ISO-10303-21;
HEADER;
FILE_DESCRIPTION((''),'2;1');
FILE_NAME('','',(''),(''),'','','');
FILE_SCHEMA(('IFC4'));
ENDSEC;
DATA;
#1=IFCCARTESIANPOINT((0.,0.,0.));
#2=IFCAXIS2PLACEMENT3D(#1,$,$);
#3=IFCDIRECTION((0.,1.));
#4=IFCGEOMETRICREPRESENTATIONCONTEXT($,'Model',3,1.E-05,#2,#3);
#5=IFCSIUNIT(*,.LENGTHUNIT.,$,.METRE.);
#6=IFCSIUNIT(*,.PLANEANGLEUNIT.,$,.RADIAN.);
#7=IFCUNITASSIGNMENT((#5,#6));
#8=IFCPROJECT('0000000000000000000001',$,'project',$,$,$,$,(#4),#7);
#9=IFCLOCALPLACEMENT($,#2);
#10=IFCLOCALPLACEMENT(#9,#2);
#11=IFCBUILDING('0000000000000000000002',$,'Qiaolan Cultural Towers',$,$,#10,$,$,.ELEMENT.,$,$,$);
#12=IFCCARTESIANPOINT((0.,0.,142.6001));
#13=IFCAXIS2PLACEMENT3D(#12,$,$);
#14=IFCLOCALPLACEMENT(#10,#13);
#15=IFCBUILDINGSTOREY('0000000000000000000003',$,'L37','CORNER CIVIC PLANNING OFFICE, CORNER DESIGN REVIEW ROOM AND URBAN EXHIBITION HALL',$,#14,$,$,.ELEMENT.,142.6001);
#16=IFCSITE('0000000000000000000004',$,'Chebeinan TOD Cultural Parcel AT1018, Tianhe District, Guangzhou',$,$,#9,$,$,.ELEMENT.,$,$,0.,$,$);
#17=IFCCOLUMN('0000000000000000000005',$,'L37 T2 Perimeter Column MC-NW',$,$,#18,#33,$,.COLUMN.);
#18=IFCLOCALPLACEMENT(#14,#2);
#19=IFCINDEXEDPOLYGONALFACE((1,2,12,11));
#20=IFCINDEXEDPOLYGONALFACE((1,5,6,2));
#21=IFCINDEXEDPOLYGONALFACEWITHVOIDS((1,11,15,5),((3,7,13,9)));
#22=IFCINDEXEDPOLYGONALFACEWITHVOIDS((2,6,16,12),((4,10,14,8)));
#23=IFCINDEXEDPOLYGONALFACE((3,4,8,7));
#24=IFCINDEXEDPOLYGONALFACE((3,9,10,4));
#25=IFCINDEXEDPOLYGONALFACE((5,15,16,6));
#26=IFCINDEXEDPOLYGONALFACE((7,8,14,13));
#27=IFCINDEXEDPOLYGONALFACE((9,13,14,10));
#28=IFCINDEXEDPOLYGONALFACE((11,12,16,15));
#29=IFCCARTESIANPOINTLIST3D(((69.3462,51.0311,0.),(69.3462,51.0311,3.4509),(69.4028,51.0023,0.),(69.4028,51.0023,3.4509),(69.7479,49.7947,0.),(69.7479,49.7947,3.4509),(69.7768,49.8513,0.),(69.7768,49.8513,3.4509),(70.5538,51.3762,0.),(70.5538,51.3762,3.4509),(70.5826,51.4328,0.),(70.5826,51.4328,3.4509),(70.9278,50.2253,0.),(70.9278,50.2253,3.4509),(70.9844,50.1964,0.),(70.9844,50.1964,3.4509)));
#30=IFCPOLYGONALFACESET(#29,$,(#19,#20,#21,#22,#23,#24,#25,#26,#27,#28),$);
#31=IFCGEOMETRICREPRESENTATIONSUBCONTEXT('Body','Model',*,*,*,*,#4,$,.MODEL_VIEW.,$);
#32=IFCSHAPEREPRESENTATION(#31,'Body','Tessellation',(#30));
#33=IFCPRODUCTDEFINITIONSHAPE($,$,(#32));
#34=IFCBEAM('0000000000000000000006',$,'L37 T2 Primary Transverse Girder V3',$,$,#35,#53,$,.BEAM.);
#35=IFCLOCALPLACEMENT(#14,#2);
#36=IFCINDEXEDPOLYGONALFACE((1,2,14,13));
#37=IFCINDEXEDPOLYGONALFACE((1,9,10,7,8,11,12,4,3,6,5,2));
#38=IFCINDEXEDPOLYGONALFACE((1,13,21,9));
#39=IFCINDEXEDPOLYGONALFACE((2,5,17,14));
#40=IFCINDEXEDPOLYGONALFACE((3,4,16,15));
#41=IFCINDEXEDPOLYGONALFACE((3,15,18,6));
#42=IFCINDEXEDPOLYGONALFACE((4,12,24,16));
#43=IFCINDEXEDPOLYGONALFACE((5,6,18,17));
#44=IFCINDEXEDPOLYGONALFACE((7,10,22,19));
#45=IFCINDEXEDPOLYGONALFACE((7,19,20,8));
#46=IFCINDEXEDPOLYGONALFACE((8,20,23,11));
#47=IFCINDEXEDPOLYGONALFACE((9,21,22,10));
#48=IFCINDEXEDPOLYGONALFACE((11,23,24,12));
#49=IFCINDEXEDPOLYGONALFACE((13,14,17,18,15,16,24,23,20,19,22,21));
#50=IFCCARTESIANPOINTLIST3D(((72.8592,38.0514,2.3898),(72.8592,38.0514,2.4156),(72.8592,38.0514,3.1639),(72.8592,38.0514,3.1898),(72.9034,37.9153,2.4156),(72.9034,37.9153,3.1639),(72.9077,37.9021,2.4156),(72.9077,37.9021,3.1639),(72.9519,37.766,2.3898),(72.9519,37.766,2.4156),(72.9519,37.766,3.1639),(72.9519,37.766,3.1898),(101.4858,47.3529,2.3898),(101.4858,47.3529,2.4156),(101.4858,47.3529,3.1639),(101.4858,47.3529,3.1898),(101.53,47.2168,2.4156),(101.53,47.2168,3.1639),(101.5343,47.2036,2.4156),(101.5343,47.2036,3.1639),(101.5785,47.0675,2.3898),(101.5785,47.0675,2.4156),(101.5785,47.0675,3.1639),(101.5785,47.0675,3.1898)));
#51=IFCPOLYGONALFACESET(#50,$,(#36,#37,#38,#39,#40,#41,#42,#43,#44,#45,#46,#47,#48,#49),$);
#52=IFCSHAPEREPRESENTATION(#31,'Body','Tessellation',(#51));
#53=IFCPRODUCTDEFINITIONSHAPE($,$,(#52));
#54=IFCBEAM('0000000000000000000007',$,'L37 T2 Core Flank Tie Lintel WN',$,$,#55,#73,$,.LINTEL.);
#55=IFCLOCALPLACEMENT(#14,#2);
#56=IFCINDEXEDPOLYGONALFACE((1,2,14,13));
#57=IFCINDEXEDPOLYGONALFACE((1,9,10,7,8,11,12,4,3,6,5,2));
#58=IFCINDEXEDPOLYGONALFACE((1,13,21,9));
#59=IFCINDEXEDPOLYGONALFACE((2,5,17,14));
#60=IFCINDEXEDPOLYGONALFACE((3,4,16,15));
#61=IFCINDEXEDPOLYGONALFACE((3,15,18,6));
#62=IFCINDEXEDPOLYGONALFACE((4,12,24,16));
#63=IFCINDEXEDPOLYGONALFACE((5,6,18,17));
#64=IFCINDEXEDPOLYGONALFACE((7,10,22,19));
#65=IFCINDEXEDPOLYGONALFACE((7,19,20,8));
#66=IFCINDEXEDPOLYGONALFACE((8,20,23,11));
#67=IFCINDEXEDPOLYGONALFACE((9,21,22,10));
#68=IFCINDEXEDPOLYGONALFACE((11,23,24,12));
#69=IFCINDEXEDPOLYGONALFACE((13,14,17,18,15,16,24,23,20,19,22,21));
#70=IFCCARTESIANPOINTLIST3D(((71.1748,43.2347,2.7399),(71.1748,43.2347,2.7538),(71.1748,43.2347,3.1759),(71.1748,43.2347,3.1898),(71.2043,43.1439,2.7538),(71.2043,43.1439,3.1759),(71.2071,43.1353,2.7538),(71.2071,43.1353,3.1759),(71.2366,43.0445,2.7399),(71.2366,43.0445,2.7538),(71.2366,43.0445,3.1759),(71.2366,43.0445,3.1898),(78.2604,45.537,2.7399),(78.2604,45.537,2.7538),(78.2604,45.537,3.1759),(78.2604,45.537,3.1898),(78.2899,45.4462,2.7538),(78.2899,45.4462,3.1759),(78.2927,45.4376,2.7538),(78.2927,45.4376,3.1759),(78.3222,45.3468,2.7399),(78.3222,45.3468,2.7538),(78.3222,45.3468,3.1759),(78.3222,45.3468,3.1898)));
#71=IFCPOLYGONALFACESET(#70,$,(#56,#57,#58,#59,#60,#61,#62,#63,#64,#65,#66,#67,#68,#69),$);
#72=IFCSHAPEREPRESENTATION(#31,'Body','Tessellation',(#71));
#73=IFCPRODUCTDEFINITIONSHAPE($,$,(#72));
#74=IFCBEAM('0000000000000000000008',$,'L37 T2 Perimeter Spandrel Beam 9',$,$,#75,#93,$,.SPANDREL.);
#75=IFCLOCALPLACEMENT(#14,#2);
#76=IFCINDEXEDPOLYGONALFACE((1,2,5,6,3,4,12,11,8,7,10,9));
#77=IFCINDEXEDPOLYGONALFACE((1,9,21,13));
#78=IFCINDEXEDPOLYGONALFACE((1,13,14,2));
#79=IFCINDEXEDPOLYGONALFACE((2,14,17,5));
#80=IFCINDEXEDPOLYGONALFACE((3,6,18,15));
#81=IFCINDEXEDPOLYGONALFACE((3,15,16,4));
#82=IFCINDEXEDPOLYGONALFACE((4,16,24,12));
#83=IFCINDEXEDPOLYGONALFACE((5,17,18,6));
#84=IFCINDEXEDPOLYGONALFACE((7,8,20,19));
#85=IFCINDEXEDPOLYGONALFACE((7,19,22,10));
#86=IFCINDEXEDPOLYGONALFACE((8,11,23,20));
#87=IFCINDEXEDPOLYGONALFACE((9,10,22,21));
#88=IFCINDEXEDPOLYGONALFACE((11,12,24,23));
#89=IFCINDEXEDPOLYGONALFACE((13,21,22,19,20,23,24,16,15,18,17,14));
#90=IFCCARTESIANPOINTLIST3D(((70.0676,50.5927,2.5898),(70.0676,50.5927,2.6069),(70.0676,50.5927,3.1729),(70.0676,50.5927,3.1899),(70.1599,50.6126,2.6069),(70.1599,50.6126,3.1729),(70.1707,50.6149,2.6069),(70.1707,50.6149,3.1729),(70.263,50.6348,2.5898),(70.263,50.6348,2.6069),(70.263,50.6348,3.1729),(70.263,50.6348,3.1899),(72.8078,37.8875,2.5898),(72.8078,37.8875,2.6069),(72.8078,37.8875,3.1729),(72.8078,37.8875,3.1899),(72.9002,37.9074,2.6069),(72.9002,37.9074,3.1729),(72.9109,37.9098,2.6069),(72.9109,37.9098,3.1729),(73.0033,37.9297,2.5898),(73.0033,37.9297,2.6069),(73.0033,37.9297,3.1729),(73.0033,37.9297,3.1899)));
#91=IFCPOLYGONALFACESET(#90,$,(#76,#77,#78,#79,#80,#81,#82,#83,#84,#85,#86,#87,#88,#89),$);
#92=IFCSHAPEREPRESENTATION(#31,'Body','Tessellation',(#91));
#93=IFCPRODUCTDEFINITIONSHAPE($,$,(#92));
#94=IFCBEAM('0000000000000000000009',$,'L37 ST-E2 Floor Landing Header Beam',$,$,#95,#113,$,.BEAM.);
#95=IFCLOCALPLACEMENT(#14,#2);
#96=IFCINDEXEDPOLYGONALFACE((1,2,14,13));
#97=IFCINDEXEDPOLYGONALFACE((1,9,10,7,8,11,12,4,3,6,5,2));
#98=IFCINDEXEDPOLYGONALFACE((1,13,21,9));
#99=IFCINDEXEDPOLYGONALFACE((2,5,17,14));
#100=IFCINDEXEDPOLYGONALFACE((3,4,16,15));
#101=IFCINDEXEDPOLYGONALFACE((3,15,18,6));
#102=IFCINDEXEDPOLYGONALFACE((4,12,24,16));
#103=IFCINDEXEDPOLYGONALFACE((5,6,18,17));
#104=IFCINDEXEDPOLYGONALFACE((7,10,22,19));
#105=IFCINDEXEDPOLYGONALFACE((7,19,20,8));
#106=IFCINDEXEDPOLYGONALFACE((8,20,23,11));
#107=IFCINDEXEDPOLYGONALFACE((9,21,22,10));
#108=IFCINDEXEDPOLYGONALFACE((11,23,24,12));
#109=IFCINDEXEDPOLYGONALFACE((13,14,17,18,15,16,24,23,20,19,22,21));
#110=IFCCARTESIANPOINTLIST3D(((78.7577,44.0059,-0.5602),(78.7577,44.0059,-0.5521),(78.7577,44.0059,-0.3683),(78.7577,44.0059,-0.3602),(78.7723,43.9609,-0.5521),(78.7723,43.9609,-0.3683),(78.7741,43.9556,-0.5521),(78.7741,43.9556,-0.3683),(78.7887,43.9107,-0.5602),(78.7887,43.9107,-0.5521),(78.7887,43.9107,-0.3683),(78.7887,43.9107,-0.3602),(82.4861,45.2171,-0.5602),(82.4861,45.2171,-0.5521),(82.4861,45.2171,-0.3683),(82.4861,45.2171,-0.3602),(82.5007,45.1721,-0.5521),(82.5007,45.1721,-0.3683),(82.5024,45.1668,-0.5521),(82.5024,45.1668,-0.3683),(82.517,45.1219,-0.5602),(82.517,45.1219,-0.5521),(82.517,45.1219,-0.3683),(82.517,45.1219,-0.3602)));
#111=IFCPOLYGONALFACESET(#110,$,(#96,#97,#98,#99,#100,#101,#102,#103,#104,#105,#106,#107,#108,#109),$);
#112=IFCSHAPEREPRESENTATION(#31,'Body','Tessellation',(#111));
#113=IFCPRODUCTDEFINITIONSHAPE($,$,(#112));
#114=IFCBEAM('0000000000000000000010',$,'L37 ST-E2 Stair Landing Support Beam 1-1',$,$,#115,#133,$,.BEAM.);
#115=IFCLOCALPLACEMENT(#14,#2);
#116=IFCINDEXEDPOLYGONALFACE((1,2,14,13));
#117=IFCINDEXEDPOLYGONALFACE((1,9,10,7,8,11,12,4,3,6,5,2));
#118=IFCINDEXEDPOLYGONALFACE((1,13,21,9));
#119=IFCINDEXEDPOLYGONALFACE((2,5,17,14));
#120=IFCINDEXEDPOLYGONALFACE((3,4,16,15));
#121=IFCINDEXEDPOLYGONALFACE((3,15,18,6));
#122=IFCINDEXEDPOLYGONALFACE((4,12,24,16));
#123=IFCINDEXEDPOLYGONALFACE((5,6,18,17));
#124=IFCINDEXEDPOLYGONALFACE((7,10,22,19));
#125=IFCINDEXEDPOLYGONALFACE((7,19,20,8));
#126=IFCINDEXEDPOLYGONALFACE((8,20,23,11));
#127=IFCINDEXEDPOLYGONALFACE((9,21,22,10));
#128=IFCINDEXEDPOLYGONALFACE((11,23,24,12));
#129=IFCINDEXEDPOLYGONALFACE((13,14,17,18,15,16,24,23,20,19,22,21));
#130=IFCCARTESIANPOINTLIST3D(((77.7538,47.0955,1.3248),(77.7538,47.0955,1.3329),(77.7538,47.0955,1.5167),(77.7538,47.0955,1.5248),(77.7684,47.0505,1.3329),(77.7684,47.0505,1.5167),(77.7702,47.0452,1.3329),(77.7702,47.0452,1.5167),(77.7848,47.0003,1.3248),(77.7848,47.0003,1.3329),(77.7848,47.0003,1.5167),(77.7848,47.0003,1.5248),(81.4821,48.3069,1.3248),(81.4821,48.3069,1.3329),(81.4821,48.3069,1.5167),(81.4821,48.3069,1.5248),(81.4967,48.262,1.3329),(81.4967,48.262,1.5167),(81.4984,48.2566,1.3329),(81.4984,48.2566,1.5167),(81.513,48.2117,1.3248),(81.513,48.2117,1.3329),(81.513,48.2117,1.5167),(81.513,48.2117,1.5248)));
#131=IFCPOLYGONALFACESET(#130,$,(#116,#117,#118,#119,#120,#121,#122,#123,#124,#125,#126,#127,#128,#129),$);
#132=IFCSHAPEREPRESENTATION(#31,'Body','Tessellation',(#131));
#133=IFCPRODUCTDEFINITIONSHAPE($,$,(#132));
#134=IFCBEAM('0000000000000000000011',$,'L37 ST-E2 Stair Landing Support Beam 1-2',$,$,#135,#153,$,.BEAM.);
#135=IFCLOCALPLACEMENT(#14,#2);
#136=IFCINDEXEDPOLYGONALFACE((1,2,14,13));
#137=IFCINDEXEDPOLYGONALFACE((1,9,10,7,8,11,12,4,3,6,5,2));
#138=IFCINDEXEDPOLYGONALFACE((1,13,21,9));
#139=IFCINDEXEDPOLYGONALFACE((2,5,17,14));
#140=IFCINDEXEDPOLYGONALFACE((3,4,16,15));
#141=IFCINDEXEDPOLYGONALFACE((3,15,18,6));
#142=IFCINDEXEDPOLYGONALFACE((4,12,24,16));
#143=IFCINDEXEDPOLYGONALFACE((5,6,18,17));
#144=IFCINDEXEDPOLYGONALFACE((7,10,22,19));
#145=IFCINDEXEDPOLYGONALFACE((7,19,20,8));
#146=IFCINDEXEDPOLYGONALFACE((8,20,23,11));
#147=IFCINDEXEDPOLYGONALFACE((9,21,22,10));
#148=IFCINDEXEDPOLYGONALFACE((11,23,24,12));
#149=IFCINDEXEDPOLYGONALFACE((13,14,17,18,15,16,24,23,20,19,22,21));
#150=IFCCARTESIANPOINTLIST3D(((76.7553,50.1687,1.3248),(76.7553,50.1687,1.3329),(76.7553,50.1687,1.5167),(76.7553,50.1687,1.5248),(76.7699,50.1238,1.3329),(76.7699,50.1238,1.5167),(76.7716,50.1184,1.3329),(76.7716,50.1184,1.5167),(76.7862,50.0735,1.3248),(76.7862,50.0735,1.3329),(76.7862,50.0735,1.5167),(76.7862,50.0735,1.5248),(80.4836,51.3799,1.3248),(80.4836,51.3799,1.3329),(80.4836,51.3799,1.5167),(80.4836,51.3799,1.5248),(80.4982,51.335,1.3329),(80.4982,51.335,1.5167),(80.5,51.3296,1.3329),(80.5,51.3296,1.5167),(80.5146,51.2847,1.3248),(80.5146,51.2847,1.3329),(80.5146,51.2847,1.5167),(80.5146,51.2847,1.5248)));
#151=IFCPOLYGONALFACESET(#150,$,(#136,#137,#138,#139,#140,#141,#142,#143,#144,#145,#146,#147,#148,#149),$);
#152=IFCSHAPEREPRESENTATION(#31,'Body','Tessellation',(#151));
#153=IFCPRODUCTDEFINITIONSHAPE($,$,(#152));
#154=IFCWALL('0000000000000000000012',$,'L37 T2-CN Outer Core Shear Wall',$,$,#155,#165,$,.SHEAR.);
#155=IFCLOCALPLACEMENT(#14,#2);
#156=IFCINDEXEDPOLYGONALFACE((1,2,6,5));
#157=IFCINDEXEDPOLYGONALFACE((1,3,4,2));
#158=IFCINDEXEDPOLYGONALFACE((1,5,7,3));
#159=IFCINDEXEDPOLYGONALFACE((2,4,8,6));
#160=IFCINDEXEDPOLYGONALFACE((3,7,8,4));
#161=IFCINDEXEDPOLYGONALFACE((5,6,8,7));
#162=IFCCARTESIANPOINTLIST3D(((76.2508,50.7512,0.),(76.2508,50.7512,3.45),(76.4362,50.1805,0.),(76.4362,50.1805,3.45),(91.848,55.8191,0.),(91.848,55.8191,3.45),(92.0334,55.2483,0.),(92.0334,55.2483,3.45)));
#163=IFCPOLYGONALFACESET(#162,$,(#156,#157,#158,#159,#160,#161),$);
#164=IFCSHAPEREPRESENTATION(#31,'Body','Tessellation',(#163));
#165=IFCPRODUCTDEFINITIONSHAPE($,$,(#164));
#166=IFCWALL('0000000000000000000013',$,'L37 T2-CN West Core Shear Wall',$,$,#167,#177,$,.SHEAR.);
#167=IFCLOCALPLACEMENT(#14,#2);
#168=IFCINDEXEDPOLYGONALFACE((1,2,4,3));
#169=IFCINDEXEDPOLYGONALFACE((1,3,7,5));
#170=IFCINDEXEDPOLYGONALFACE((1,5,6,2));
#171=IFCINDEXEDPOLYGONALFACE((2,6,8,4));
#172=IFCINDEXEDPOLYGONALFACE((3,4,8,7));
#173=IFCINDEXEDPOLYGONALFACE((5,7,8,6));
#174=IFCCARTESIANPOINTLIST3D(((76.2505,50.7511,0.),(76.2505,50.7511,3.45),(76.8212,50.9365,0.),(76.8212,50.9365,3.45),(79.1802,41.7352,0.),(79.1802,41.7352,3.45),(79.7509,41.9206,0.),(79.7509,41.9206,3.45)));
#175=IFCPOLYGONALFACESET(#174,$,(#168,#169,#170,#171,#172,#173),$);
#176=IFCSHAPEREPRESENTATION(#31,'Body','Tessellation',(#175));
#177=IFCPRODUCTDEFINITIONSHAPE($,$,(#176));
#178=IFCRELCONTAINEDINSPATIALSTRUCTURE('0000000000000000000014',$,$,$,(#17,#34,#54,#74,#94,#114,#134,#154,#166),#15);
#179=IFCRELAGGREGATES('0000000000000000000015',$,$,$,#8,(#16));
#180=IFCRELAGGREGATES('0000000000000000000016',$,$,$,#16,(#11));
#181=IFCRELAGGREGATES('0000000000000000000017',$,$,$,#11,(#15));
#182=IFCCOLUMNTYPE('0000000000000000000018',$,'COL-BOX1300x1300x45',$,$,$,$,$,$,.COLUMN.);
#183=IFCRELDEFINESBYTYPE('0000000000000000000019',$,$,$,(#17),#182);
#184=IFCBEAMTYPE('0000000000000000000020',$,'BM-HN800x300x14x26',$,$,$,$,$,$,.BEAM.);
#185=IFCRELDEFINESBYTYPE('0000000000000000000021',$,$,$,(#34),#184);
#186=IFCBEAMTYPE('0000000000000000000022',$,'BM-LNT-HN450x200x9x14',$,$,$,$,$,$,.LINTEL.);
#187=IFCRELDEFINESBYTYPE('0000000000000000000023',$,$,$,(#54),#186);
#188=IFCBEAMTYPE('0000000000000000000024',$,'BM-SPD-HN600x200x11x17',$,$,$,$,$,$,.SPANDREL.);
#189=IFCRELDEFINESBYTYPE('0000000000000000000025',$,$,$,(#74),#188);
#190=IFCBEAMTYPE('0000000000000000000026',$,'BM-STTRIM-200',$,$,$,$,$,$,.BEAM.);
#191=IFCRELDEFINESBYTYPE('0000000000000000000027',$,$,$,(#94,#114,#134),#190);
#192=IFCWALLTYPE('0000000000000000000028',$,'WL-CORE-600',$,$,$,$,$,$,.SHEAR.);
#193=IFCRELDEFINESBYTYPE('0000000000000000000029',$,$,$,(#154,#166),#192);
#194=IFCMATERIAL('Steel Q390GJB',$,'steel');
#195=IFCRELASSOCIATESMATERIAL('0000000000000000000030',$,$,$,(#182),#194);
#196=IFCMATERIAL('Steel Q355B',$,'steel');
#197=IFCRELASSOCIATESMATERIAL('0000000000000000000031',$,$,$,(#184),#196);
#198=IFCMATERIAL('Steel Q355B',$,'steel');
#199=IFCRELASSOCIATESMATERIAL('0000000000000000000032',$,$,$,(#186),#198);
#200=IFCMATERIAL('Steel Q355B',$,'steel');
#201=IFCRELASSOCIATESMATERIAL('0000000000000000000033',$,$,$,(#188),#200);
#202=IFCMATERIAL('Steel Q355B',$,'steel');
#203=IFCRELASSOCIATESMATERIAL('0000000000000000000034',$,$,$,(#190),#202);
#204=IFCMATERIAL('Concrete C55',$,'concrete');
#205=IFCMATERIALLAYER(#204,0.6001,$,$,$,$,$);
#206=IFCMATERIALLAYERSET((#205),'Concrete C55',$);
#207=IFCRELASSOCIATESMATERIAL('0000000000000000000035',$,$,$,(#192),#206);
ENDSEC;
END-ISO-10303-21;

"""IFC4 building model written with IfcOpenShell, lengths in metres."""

from ifc_helpers import new_model, si_unit, direction, frame, frame_2d, origin, origin_2d, place, context, subcontext, project, spatial, rectangle, hollow_rectangle, i_section, extrude, material, layer, layer_set, material_profile, profile_set, type_object, element, save


model = new_model("IFC4")

# Units and contexts
model_context = context("Model", 3, precision=1e-05, world=origin(), true_north=direction((0.0, 1.0)))
body_context = subcontext(model_context, "Body", "Model", "MODEL_VIEW")
ifc_project = project(units=[si_unit("LENGTHUNIT", "METRE"), si_unit("PLANEANGLEUNIT", "RADIAN")], contexts=[model_context])

# Site, building, storey
site_placement = place(None, origin())
site = spatial("IfcSite", under=ifc_project, at=site_placement, Name="Chebeinan TOD Cultural Parcel AT1018, Tianhe District, Guangzhou", CompositionType="ELEMENT", RefElevation=0.0)
building_placement = place(site_placement, origin())
building = spatial("IfcBuilding", under=site, at=building_placement, Name="Qiaolan Cultural Towers", CompositionType="ELEMENT")
storey_placement = place(building_placement, frame((0.0, 0.0, 142.6001)))
storey = spatial("IfcBuildingStorey", under=building, at=storey_placement, Name="L37", Description="CORNER CIVIC PLANNING OFFICE, CORNER DESIGN REVIEW ROOM AND URBAN EXHIBITION HALL", CompositionType="ELEMENT", Elevation=142.6001)

# Column
ifc_material_1 = material(Name="Steel Q390GJB", Category="steel")
ifc_material_profile_1 = material_profile(ifc_material_1, hollow_rectangle(XDim=1.3, YDim=1.3, WallThickness=0.0449, at=origin_2d()), Name="BOX1300x1300x45")
ifc_profile_set_1 = profile_set([ifc_material_profile_1], Name="Steel Q390GJB")
column_type = type_object("IfcColumnType", Name="COL-BOX1300x1300x45", PredefinedType="COLUMN", material=ifc_profile_set_1)
column_placement = place(storey_placement, frame((70.1653, 50.6138, 0.0), z_axis=(0.0, 0.0, 1.0), x_axis=(0.951057, 0.309017, 0.0)))
element("IfcColumn", 1, at=column_placement, inside=storey, type_object=column_type, Name="L37 T2 Perimeter Column MC-NW", PredefinedType="COLUMN", context=body_context, shape_type="SweptSolid", body=[
    extrude(hollow_rectangle(XDim=1.3, YDim=1.3, WallThickness=0.0449, at=origin_2d()), origin(), (0.0, 0.0, 1.0), 3.4509),
])

# Beams
ifc_material_2 = material(Name="Steel Q355B", Category="steel")
ifc_material_profile_2 = material_profile(ifc_material_2, i_section(OverallWidth=0.3, OverallDepth=0.8, WebThickness=0.0139, FlangeThickness=0.0259, at=origin_2d()), Name="HN800x300x14x26")
ifc_profile_set_2 = profile_set([ifc_material_profile_2], Name="Steel Q355B")
beam_type_1 = type_object("IfcBeamType", Name="BM-HN800x300x14x26", PredefinedType="BEAM", material=ifc_profile_set_2)
beam_1_placement = place(storey_placement, frame((72.9055, 37.9087, 2.7898), z_axis=(0.951055, 0.309021, 0.0), x_axis=(-0.309021, 0.951055, 0.0)))
element("IfcBeam", 2, at=beam_1_placement, inside=storey, type_object=beam_type_1, Name="L37 T2 Primary Transverse Girder V3", PredefinedType="BEAM", context=body_context, shape_type="SweptSolid", body=[
    extrude(i_section(OverallWidth=0.3, OverallDepth=0.8, WebThickness=0.0139, FlangeThickness=0.0259, at=origin_2d()), origin(), (0.0, 0.0, 1.0), 30.0999),
])
ifc_material_3 = material(Name="Steel Q355B", Category="steel")
ifc_material_profile_3 = material_profile(ifc_material_3, i_section(OverallWidth=0.2, OverallDepth=0.45, WebThickness=0.009, FlangeThickness=0.0139, at=origin_2d()), Name="HN450x200x9x14")
ifc_profile_set_3 = profile_set([ifc_material_profile_3], Name="Steel Q355B")
beam_type_2 = type_object("IfcBeamType", Name="BM-LNT-HN450x200x9x14", PredefinedType="LINTEL", material=ifc_profile_set_3)
beam_2_placement = place(storey_placement, frame((78.2913, 45.4419, 2.9648), z_axis=(-0.951055, -0.309022, 0.0), x_axis=(0.309022, -0.951055, 0.0)))
element("IfcBeam", 3, at=beam_2_placement, inside=storey, type_object=beam_type_2, Name="L37 T2 Core Flank Tie Lintel WN", PredefinedType="LINTEL", context=body_context, shape_type="SweptSolid", body=[
    extrude(i_section(OverallWidth=0.2, OverallDepth=0.45, WebThickness=0.009, FlangeThickness=0.0139, at=origin_2d()), origin(), (0.0, 0.0, 1.0), 7.4502),
])
ifc_material_4 = material(Name="Steel Q355B", Category="steel")
ifc_material_profile_4 = material_profile(ifc_material_4, i_section(OverallWidth=0.2, OverallDepth=0.6001, WebThickness=0.011, FlangeThickness=0.0171, at=origin_2d()), Name="HN600x200x11x17")
ifc_profile_set_4 = profile_set([ifc_material_profile_4], Name="Steel Q355B")
beam_type_3 = type_object("IfcBeamType", Name="BM-SPD-HN600x200x11x17", PredefinedType="SPANDREL", material=ifc_profile_set_4)
beam_3_placement = place(storey_placement, frame((70.1653, 50.6138, 2.8899), z_axis=(0.210832, -0.977522, 0.0), x_axis=(0.977522, 0.210832, 0.0)))
element("IfcBeam", 4, at=beam_3_placement, inside=storey, type_object=beam_type_3, Name="L37 T2 Perimeter Spandrel Beam 9", PredefinedType="SPANDREL", context=body_context, shape_type="SweptSolid", body=[
    extrude(i_section(OverallWidth=0.2, OverallDepth=0.6001, WebThickness=0.011, FlangeThickness=0.0171, at=origin_2d()), origin(), (0.0, 0.0, 1.0), 12.9973),
])
ifc_material_5 = material(Name="Steel Q355B", Category="steel")
ifc_material_profile_5 = material_profile(ifc_material_5, i_section(OverallWidth=0.1001, OverallDepth=0.2, WebThickness=0.0056, FlangeThickness=0.0081, at=origin_2d()), Name="HN200x100x5.5x8")
ifc_profile_set_5 = profile_set([ifc_material_profile_5], Name="Steel Q355B")
beam_type_4 = type_object("IfcBeamType", Name="BM-STTRIM-200", PredefinedType="BEAM", material=ifc_profile_set_5)
for number, where, z_axis, x_axis, name in (
    (5, (78.7732, 43.9583, -0.4602), (0.951072, 0.308969, 0.0), (-0.308969, 0.951072, 0.0), "L37 ST-E2 Floor Landing Header Beam"),
    (6, (77.7693, 47.0479, 1.4248), (0.951054, 0.309026, 0.0), (-0.309026, 0.951054, 0.0), "L37 ST-E2 Stair Landing Support Beam 1-1"),
    (7, (76.7708, 50.1211, 1.4248), (0.951072, 0.308969, 0.0), (-0.308969, 0.951072, 0.0), "L37 ST-E2 Stair Landing Support Beam 1-2"),
):
    element("IfcBeam", number, at=place(storey_placement, frame(where, z_axis=z_axis, x_axis=x_axis)), inside=storey, type_object=beam_type_4, Name=name, PredefinedType="BEAM", context=body_context, shape_type="SweptSolid", body=[
        extrude(i_section(OverallWidth=0.1001, OverallDepth=0.2, WebThickness=0.0056, FlangeThickness=0.0081, at=origin_2d()), origin(), (0.0, 0.0, 1.0), 3.9202),
    ])

# Walls
ifc_material_6 = material(Name="Concrete C55", Category="concrete")
ifc_layer_1 = layer(ifc_material_6, 0.6001)
ifc_layer_set_1 = layer_set([ifc_layer_1], Name="Concrete C55")
wall_type_1 = type_object("IfcWallType", Name="WL-CORE-600", PredefinedType="SHEAR", material=ifc_layer_set_1)
wall_1_placement = place(storey_placement, frame((76.3435, 50.4658, 0.0), z_axis=(0.0, 0.0, 1.0), x_axis=(0.951056, 0.309019, 0.0)))
element("IfcWall", 8, at=wall_1_placement, inside=storey, type_object=wall_type_1, Name="L37 T2-CN Outer Core Shear Wall", PredefinedType="SHEAR", context=body_context, shape_type="SweptSolid", body=[
    extrude(rectangle(XDim=16.3999, YDim=0.6001, at=frame_2d((8.2, 0.0))), origin(), (0.0, 0.0, 1.0), 3.45),
])
wall_2_placement = place(storey_placement, frame((79.4656, 41.8279, 0.0), z_axis=(0.0, 0.0, 1.0), x_axis=(-0.309041, 0.951049, 0.0)))
element("IfcWall", 9, at=wall_2_placement, inside=storey, type_object=wall_type_1, Name="L37 T2-CN West Core Shear Wall", PredefinedType="SHEAR", context=body_context, shape_type="SweptSolid", body=[
    extrude(rectangle(XDim=9.48, YDim=0.6001, at=frame_2d((4.74, 0.0))), origin(), (0.0, 0.0, 1.0), 3.45),
])

save(model, "model.ifc")
